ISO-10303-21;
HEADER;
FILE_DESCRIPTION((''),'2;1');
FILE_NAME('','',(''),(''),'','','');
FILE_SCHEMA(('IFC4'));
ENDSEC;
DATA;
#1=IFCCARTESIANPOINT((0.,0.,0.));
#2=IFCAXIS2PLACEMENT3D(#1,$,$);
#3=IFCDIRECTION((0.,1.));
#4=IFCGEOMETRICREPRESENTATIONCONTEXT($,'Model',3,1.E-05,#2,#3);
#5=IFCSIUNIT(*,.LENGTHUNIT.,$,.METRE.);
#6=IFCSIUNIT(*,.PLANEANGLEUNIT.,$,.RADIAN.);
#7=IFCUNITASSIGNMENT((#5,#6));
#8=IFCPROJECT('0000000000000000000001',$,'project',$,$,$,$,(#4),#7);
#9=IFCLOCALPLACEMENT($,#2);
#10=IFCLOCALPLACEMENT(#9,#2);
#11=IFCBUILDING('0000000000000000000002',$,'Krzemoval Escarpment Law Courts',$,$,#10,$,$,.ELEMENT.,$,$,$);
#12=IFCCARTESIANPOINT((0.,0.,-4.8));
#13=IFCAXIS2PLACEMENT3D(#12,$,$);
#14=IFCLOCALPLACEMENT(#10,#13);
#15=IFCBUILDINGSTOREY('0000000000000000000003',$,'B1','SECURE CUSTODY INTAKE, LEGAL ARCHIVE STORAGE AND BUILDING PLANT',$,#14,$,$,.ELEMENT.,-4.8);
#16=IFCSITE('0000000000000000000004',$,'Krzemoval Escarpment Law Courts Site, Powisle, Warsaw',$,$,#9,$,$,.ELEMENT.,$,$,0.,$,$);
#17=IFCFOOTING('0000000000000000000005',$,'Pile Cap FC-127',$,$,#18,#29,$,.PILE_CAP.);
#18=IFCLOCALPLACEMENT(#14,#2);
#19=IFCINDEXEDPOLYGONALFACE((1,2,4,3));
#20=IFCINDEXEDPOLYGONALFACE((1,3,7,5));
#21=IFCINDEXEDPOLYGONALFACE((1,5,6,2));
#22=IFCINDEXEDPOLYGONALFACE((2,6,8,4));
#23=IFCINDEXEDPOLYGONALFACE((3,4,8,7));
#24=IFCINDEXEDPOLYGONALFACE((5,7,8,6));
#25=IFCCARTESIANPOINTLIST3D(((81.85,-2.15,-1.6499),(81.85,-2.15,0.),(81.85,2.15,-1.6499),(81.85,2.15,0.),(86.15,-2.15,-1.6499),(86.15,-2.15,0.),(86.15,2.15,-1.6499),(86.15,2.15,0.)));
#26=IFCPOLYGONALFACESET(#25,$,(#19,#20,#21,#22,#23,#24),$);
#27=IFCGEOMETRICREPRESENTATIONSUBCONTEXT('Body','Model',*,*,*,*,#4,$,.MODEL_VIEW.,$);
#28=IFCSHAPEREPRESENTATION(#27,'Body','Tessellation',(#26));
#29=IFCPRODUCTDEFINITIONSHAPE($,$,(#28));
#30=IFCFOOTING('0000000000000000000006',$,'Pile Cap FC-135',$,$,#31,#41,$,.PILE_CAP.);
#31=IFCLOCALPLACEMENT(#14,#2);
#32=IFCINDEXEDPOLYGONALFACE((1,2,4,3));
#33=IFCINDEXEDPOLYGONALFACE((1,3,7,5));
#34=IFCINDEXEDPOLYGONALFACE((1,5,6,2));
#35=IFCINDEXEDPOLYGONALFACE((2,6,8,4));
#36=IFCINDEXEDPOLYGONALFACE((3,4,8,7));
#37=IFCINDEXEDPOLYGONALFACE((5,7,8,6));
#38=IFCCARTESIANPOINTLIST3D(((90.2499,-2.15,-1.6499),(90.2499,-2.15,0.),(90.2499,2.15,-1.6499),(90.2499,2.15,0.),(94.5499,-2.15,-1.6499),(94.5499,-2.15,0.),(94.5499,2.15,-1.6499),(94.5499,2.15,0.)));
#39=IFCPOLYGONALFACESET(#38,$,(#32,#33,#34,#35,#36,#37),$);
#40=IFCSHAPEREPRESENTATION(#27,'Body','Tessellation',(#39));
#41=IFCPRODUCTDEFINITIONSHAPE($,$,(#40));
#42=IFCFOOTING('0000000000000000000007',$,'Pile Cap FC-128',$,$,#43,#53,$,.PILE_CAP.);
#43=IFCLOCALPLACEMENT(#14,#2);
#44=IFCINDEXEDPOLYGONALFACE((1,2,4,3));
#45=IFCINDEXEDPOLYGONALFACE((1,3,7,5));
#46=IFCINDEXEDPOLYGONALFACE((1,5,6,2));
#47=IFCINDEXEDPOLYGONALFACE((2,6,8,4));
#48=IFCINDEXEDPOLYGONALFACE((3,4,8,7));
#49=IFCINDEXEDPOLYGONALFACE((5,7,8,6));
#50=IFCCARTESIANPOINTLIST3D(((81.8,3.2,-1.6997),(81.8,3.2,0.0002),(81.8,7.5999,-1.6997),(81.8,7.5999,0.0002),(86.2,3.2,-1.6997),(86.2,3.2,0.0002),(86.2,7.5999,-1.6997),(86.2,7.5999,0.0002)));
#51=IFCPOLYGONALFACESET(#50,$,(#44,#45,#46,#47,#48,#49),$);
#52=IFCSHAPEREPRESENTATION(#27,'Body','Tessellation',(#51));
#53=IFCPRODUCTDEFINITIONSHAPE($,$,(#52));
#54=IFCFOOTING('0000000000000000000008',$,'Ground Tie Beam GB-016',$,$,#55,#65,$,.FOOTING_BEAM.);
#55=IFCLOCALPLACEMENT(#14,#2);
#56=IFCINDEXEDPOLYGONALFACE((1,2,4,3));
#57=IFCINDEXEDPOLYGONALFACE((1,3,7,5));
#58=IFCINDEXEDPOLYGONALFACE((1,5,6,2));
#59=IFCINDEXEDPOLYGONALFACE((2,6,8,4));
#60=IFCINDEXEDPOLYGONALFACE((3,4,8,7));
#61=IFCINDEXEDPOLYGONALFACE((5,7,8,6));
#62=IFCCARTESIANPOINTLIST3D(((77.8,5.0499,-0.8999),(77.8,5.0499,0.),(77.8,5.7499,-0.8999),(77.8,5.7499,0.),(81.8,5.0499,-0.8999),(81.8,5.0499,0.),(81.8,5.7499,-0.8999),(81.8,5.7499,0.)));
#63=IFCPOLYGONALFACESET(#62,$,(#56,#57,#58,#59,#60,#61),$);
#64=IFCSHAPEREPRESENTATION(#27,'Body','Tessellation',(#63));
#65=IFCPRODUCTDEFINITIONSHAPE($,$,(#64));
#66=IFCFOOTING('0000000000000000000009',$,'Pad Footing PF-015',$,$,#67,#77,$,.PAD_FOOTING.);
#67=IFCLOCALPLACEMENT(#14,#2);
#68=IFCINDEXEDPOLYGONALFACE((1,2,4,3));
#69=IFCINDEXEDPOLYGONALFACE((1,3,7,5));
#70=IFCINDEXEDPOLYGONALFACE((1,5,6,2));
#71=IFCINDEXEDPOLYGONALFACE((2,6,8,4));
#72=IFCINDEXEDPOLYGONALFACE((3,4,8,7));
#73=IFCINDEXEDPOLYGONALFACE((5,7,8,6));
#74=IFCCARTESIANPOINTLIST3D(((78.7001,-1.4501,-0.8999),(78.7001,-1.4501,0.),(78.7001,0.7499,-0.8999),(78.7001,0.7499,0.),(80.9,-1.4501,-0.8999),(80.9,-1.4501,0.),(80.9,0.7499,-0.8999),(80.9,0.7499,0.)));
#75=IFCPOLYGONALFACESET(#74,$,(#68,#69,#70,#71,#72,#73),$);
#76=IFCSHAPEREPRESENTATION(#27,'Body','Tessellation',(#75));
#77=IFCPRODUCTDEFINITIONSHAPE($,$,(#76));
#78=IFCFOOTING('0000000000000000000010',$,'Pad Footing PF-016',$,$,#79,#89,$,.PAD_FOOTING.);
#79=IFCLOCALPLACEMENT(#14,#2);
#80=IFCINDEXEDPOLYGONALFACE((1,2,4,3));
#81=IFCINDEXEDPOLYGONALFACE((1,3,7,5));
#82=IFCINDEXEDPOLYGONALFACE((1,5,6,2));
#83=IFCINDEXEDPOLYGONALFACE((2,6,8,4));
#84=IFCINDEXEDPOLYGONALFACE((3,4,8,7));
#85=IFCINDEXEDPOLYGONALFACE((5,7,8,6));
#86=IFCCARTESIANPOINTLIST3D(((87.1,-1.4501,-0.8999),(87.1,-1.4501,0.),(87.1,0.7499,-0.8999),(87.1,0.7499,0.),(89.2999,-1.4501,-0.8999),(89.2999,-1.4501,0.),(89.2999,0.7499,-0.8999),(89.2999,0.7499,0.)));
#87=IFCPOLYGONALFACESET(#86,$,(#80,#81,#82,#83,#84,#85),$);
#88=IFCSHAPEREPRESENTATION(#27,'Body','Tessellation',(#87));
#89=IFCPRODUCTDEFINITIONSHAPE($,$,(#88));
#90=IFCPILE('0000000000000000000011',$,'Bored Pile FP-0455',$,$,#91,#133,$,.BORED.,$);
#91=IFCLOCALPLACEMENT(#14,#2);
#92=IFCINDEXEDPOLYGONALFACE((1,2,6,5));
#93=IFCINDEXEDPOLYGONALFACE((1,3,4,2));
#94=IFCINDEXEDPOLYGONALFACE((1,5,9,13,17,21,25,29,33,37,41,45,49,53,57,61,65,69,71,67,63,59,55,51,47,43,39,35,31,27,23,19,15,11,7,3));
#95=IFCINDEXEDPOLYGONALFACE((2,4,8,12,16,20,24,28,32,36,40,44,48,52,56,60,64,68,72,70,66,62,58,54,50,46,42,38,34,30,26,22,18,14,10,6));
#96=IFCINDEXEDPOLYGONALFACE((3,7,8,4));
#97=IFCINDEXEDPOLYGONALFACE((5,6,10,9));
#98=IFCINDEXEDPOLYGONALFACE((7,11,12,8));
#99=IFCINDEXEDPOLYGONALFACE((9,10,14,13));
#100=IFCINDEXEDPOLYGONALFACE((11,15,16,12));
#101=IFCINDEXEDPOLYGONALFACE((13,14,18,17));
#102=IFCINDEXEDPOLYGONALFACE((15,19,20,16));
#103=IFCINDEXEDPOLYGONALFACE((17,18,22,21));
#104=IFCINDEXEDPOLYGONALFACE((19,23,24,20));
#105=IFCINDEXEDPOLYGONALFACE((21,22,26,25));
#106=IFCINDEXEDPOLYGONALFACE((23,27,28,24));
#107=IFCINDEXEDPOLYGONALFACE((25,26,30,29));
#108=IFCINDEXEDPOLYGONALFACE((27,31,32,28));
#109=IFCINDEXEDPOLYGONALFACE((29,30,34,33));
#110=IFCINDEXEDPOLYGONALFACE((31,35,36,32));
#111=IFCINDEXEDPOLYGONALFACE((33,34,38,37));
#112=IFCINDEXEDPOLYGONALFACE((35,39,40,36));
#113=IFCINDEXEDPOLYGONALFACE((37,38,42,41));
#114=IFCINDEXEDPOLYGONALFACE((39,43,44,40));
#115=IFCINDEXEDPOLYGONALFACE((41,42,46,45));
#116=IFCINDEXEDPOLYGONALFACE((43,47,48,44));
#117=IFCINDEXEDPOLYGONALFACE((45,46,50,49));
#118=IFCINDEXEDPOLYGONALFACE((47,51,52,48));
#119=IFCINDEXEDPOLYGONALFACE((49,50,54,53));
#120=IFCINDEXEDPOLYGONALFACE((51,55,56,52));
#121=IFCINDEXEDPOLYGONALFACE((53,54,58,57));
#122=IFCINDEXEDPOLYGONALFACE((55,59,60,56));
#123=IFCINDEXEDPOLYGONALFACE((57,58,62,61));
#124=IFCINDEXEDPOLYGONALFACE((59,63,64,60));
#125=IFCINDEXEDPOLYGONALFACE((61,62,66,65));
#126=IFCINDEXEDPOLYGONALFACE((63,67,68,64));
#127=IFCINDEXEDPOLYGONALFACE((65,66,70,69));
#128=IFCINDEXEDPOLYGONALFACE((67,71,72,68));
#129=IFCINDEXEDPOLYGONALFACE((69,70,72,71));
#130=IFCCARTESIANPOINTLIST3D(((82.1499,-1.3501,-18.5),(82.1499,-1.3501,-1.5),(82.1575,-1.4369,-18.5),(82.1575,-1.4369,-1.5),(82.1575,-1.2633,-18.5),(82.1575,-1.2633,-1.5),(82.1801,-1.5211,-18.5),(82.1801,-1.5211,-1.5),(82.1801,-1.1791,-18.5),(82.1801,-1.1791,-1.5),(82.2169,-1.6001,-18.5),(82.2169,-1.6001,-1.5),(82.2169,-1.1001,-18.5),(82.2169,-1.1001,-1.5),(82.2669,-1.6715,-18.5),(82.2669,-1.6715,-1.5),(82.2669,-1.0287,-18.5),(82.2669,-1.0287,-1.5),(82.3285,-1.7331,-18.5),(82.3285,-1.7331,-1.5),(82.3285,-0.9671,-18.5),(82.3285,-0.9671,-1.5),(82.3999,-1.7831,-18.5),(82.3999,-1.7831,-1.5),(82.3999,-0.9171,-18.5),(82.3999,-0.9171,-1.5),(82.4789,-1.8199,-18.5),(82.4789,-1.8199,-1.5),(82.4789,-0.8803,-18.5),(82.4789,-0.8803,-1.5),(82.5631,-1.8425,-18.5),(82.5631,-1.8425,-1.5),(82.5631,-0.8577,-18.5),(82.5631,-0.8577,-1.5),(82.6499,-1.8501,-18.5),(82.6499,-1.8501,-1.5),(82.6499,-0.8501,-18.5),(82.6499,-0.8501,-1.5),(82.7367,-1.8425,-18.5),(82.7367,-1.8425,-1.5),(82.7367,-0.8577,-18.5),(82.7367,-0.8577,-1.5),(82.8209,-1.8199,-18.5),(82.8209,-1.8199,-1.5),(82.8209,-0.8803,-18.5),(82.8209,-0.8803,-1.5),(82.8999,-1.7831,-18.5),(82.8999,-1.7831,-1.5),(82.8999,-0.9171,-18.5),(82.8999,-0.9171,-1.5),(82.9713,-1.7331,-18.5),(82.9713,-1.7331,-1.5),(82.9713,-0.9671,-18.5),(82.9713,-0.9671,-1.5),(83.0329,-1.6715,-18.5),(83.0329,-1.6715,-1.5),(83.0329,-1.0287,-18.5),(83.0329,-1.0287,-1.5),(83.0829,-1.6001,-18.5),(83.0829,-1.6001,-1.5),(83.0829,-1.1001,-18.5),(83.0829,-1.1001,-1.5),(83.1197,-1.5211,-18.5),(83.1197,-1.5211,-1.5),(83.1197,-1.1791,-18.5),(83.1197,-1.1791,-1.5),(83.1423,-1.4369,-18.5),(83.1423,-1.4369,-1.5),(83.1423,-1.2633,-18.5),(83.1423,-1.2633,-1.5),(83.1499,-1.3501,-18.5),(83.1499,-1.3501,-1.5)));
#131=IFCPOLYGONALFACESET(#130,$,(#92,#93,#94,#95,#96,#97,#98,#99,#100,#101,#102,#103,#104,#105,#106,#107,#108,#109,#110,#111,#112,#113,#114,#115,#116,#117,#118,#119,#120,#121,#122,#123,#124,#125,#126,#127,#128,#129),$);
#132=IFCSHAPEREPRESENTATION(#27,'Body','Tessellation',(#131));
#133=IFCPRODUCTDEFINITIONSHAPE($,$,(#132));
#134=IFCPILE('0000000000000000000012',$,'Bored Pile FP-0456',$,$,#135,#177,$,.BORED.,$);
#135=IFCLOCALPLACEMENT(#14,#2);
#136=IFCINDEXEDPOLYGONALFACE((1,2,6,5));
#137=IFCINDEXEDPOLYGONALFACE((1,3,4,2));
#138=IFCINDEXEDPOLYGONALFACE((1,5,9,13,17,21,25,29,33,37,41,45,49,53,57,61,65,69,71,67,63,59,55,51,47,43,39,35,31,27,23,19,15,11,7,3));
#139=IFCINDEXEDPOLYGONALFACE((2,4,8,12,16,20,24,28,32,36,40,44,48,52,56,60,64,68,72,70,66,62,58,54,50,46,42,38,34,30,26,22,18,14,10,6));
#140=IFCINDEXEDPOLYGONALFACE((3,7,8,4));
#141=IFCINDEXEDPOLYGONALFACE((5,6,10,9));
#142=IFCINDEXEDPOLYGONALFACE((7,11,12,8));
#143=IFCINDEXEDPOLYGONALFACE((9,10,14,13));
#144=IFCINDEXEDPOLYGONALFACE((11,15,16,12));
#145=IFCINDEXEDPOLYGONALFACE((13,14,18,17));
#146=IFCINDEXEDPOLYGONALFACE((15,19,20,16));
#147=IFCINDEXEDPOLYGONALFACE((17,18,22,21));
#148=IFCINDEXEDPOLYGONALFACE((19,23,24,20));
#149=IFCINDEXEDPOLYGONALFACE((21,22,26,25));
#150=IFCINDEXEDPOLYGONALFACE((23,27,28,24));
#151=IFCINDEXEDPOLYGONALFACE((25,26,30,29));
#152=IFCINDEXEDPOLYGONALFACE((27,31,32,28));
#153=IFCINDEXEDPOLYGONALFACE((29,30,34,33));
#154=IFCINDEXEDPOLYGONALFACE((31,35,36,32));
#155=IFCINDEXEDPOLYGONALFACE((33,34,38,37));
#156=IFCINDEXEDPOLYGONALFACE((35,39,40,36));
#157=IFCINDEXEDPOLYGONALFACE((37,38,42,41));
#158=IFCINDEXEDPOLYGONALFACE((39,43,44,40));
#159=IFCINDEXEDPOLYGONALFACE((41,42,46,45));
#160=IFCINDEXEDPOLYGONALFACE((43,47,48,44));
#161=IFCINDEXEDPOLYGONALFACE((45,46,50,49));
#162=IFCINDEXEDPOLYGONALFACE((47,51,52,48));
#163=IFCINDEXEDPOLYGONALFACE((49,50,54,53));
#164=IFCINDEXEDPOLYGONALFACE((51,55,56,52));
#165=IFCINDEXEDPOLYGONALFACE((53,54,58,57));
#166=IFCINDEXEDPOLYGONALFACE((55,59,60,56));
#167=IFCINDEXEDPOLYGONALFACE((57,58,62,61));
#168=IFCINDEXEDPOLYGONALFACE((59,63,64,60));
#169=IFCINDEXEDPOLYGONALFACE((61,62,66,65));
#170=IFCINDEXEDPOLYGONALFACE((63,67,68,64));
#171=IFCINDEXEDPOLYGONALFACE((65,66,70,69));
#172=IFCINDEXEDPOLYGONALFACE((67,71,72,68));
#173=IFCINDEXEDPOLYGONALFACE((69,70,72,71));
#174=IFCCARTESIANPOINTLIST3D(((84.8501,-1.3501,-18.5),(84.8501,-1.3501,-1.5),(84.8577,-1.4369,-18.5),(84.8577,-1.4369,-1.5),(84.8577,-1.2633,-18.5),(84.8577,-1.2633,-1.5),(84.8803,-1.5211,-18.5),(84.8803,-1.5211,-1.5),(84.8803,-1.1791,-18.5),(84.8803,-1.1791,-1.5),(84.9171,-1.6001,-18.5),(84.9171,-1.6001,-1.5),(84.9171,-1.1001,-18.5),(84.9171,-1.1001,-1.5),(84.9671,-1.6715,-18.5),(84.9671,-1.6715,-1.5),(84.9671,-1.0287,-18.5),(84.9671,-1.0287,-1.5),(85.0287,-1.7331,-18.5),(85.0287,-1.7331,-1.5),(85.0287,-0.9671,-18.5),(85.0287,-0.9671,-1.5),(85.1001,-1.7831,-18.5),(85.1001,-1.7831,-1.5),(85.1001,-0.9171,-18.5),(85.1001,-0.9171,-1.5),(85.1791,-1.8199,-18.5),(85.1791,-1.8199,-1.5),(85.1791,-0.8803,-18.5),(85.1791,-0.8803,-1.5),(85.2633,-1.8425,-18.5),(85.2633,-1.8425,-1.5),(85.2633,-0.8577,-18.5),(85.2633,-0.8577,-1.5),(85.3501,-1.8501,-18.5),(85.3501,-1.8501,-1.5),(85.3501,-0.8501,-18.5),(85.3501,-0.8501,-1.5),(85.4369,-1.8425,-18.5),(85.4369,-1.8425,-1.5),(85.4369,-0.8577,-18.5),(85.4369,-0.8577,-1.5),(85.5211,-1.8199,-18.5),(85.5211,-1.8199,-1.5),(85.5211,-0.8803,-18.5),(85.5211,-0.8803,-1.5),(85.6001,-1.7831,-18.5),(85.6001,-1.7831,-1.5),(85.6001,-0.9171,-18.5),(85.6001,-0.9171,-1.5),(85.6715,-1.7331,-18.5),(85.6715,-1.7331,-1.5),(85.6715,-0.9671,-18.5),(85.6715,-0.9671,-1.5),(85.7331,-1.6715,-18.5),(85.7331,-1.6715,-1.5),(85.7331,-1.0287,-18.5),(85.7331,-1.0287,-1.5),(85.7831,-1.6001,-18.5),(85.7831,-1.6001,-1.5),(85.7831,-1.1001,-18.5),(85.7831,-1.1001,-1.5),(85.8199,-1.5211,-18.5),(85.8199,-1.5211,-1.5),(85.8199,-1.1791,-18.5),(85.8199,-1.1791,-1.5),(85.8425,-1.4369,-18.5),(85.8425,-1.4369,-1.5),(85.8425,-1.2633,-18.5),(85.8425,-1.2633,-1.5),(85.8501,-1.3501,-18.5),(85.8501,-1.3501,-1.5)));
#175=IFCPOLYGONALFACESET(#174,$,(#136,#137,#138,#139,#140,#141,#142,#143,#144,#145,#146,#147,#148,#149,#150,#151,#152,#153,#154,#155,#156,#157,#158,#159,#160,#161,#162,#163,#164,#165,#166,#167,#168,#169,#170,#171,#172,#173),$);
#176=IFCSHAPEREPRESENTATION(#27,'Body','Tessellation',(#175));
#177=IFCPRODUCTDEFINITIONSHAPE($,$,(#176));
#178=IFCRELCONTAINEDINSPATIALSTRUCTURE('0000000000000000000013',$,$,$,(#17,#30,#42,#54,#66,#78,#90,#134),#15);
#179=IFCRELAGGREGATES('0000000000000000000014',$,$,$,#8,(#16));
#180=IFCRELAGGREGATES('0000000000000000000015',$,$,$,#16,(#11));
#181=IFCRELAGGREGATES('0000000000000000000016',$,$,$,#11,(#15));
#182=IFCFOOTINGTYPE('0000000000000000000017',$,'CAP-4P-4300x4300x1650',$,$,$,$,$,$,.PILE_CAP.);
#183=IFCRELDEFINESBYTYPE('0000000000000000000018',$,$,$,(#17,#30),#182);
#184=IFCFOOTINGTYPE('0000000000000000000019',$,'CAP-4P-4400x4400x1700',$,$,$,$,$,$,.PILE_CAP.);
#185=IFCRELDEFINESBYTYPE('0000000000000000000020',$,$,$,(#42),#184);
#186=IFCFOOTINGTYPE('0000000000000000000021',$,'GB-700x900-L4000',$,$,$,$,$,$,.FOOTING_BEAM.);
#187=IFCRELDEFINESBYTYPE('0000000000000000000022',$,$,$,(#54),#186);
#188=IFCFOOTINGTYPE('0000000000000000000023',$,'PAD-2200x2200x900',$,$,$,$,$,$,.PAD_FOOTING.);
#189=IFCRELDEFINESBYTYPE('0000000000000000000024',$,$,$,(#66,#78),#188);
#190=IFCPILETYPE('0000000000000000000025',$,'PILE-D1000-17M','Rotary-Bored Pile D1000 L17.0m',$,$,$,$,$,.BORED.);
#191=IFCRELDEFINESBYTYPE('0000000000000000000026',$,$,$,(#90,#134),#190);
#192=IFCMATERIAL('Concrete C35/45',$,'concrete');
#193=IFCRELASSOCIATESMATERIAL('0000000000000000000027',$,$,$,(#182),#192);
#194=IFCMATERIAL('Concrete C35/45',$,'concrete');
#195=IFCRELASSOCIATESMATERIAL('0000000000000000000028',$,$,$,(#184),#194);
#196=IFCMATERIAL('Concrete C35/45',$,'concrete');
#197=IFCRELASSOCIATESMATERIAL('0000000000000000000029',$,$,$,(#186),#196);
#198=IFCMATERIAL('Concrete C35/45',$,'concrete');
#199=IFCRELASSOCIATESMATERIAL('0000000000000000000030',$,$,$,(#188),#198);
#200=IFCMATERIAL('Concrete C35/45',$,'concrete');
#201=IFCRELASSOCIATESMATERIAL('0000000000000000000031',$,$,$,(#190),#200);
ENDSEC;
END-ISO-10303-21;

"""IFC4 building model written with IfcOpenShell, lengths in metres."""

from ifc_helpers import new_model, si_unit, direction, frame, origin, origin_2d, place, context, subcontext, project, spatial, rectangle, circle, extrude, material, material_profile, profile_set, type_object, element, save


model = new_model("IFC4")

# Units and contexts
model_context = context("Model", 3, precision=1e-05, world=origin(), true_north=direction((0.0, 1.0)))
body_context = subcontext(model_context, "Body", "Model", "MODEL_VIEW")
ifc_project = project(units=[si_unit("LENGTHUNIT", "METRE"), si_unit("PLANEANGLEUNIT", "RADIAN")], contexts=[model_context])

# Site, building, storey
site_placement = place(None, origin())
site = spatial("IfcSite", under=ifc_project, at=site_placement, Name="Krzemoval Escarpment Law Courts Site, Powisle, Warsaw", CompositionType="ELEMENT", RefElevation=0.0)
building_placement = place(site_placement, origin())
building = spatial("IfcBuilding", under=site, at=building_placement, Name="Krzemoval Escarpment Law Courts", CompositionType="ELEMENT")
storey_placement = place(building_placement, frame((0.0, 0.0, -4.8)))
storey = spatial("IfcBuildingStorey", under=building, at=storey_placement, Name="B1", Description="SECURE CUSTODY INTAKE, LEGAL ARCHIVE STORAGE AND BUILDING PLANT", CompositionType="ELEMENT", Elevation=-4.8)

# Footings
ifc_material_1 = material(Name="Concrete C35/45", Category="concrete")
footing_type_1 = type_object("IfcFootingType", Name="CAP-4P-4300x4300x1650", PredefinedType="PILE_CAP", material=ifc_material_1)
for number, where, z_axis, x_axis, name in (
    (1, (84.0, 0.0, -1.6499), (0.0, 0.0, 1.0), (1.0, 0.0, 0.0), "Pile Cap FC-127"),
    (2, (92.3999, 0.0, -1.6499), (0.0, 0.0, 1.0), (1.0, 0.0, 0.0), "Pile Cap FC-135"),
):
    element("IfcFooting", number, at=place(storey_placement, frame(where, z_axis=z_axis, x_axis=x_axis)), inside=storey, type_object=footing_type_1, Name=name, PredefinedType="PILE_CAP", context=body_context, shape_type="SweptSolid", body=[
        extrude(rectangle(XDim=4.3, YDim=4.3, at=origin_2d()), origin(), (0.0, 0.0, 1.0), 1.6499),
    ])
ifc_material_2 = material(Name="Concrete C35/45", Category="concrete")
footing_type_2 = type_object("IfcFootingType", Name="CAP-4P-4400x4400x1700", PredefinedType="PILE_CAP", material=ifc_material_2)
footing_1_placement = place(storey_placement, frame((84.0, 5.3999, -1.6997), z_axis=(0.0, 0.0, 1.0), x_axis=(1.0, 0.0, 0.0)))
element("IfcFooting", 3, at=footing_1_placement, inside=storey, type_object=footing_type_2, Name="Pile Cap FC-128", PredefinedType="PILE_CAP", context=body_context, shape_type="SweptSolid", body=[
    extrude(rectangle(XDim=4.3999, YDim=4.3999, at=origin_2d()), origin(), (0.0, 0.0, 1.0), 1.7),
])
ifc_material_3 = material(Name="Concrete C35/45", Category="concrete")
footing_type_3 = type_object("IfcFootingType", Name="GB-700x900-L4000", PredefinedType="FOOTING_BEAM", material=ifc_material_3)
footing_2_placement = place(storey_placement, frame((79.8, 5.3999, -0.8999), z_axis=(0.0, 0.0, 1.0), x_axis=(1.0, 0.0, 0.0)))
element("IfcFooting", 4, at=footing_2_placement, inside=storey, type_object=footing_type_3, Name="Ground Tie Beam GB-016", PredefinedType="FOOTING_BEAM", context=body_context, shape_type="SweptSolid", body=[
    extrude(rectangle(XDim=4.0, YDim=0.7, at=origin_2d()), origin(), (0.0, 0.0, 1.0), 0.8999),
])
ifc_material_4 = material(Name="Concrete C35/45", Category="concrete")
footing_type_4 = type_object("IfcFootingType", Name="PAD-2200x2200x900", PredefinedType="PAD_FOOTING", material=ifc_material_4)
for number, where, z_axis, x_axis, name in (
    (5, (79.8, -0.3501, -0.8999), (0.0, 0.0, 1.0), (1.0, 0.0, 0.0), "Pad Footing PF-015"),
    (6, (88.2, -0.3501, -0.8999), (0.0, 0.0, 1.0), (1.0, 0.0, 0.0), "Pad Footing PF-016"),
):
    element("IfcFooting", number, at=place(storey_placement, frame(where, z_axis=z_axis, x_axis=x_axis)), inside=storey, type_object=footing_type_4, Name=name, PredefinedType="PAD_FOOTING", context=body_context, shape_type="SweptSolid", body=[
        extrude(rectangle(XDim=2.2, YDim=2.2, at=origin_2d()), origin(), (0.0, 0.0, 1.0), 0.8999),
    ])

# Piles
ifc_material_5 = material(Name="Concrete C35/45", Category="concrete")
ifc_material_profile_1 = material_profile(ifc_material_5, circle(Radius=0.5, at=origin_2d()), Name="PILE D1000")
ifc_profile_set_1 = profile_set([ifc_material_profile_1], Name="Concrete C35/45")
pile_type = type_object("IfcPileType", Name="PILE-D1000-17M", Description="Rotary-Bored Pile D1000 L17.0m", PredefinedType="BORED", material=ifc_profile_set_1)
for number, where, z_axis, x_axis, name in (
    (7, (82.6499, -1.3501, -1.5), (0.0, 0.0, -1.0), (1.0, 0.0, 0.0), "Bored Pile FP-0455"),
    (8, (85.3501, -1.3501, -1.5), (0.0, 0.0, -1.0), (1.0, 0.0, 0.0), "Bored Pile FP-0456"),
):
    element("IfcPile", number, at=place(storey_placement, frame(where, z_axis=z_axis, x_axis=x_axis)), inside=storey, type_object=pile_type, Name=name, PredefinedType="BORED", context=body_context, shape_type="SweptSolid", body=[
        extrude(circle(Radius=0.5, at=origin_2d()), origin(), (0.0, 0.0, 1.0), 17.0),
    ])

save(model, "model.ifc")
